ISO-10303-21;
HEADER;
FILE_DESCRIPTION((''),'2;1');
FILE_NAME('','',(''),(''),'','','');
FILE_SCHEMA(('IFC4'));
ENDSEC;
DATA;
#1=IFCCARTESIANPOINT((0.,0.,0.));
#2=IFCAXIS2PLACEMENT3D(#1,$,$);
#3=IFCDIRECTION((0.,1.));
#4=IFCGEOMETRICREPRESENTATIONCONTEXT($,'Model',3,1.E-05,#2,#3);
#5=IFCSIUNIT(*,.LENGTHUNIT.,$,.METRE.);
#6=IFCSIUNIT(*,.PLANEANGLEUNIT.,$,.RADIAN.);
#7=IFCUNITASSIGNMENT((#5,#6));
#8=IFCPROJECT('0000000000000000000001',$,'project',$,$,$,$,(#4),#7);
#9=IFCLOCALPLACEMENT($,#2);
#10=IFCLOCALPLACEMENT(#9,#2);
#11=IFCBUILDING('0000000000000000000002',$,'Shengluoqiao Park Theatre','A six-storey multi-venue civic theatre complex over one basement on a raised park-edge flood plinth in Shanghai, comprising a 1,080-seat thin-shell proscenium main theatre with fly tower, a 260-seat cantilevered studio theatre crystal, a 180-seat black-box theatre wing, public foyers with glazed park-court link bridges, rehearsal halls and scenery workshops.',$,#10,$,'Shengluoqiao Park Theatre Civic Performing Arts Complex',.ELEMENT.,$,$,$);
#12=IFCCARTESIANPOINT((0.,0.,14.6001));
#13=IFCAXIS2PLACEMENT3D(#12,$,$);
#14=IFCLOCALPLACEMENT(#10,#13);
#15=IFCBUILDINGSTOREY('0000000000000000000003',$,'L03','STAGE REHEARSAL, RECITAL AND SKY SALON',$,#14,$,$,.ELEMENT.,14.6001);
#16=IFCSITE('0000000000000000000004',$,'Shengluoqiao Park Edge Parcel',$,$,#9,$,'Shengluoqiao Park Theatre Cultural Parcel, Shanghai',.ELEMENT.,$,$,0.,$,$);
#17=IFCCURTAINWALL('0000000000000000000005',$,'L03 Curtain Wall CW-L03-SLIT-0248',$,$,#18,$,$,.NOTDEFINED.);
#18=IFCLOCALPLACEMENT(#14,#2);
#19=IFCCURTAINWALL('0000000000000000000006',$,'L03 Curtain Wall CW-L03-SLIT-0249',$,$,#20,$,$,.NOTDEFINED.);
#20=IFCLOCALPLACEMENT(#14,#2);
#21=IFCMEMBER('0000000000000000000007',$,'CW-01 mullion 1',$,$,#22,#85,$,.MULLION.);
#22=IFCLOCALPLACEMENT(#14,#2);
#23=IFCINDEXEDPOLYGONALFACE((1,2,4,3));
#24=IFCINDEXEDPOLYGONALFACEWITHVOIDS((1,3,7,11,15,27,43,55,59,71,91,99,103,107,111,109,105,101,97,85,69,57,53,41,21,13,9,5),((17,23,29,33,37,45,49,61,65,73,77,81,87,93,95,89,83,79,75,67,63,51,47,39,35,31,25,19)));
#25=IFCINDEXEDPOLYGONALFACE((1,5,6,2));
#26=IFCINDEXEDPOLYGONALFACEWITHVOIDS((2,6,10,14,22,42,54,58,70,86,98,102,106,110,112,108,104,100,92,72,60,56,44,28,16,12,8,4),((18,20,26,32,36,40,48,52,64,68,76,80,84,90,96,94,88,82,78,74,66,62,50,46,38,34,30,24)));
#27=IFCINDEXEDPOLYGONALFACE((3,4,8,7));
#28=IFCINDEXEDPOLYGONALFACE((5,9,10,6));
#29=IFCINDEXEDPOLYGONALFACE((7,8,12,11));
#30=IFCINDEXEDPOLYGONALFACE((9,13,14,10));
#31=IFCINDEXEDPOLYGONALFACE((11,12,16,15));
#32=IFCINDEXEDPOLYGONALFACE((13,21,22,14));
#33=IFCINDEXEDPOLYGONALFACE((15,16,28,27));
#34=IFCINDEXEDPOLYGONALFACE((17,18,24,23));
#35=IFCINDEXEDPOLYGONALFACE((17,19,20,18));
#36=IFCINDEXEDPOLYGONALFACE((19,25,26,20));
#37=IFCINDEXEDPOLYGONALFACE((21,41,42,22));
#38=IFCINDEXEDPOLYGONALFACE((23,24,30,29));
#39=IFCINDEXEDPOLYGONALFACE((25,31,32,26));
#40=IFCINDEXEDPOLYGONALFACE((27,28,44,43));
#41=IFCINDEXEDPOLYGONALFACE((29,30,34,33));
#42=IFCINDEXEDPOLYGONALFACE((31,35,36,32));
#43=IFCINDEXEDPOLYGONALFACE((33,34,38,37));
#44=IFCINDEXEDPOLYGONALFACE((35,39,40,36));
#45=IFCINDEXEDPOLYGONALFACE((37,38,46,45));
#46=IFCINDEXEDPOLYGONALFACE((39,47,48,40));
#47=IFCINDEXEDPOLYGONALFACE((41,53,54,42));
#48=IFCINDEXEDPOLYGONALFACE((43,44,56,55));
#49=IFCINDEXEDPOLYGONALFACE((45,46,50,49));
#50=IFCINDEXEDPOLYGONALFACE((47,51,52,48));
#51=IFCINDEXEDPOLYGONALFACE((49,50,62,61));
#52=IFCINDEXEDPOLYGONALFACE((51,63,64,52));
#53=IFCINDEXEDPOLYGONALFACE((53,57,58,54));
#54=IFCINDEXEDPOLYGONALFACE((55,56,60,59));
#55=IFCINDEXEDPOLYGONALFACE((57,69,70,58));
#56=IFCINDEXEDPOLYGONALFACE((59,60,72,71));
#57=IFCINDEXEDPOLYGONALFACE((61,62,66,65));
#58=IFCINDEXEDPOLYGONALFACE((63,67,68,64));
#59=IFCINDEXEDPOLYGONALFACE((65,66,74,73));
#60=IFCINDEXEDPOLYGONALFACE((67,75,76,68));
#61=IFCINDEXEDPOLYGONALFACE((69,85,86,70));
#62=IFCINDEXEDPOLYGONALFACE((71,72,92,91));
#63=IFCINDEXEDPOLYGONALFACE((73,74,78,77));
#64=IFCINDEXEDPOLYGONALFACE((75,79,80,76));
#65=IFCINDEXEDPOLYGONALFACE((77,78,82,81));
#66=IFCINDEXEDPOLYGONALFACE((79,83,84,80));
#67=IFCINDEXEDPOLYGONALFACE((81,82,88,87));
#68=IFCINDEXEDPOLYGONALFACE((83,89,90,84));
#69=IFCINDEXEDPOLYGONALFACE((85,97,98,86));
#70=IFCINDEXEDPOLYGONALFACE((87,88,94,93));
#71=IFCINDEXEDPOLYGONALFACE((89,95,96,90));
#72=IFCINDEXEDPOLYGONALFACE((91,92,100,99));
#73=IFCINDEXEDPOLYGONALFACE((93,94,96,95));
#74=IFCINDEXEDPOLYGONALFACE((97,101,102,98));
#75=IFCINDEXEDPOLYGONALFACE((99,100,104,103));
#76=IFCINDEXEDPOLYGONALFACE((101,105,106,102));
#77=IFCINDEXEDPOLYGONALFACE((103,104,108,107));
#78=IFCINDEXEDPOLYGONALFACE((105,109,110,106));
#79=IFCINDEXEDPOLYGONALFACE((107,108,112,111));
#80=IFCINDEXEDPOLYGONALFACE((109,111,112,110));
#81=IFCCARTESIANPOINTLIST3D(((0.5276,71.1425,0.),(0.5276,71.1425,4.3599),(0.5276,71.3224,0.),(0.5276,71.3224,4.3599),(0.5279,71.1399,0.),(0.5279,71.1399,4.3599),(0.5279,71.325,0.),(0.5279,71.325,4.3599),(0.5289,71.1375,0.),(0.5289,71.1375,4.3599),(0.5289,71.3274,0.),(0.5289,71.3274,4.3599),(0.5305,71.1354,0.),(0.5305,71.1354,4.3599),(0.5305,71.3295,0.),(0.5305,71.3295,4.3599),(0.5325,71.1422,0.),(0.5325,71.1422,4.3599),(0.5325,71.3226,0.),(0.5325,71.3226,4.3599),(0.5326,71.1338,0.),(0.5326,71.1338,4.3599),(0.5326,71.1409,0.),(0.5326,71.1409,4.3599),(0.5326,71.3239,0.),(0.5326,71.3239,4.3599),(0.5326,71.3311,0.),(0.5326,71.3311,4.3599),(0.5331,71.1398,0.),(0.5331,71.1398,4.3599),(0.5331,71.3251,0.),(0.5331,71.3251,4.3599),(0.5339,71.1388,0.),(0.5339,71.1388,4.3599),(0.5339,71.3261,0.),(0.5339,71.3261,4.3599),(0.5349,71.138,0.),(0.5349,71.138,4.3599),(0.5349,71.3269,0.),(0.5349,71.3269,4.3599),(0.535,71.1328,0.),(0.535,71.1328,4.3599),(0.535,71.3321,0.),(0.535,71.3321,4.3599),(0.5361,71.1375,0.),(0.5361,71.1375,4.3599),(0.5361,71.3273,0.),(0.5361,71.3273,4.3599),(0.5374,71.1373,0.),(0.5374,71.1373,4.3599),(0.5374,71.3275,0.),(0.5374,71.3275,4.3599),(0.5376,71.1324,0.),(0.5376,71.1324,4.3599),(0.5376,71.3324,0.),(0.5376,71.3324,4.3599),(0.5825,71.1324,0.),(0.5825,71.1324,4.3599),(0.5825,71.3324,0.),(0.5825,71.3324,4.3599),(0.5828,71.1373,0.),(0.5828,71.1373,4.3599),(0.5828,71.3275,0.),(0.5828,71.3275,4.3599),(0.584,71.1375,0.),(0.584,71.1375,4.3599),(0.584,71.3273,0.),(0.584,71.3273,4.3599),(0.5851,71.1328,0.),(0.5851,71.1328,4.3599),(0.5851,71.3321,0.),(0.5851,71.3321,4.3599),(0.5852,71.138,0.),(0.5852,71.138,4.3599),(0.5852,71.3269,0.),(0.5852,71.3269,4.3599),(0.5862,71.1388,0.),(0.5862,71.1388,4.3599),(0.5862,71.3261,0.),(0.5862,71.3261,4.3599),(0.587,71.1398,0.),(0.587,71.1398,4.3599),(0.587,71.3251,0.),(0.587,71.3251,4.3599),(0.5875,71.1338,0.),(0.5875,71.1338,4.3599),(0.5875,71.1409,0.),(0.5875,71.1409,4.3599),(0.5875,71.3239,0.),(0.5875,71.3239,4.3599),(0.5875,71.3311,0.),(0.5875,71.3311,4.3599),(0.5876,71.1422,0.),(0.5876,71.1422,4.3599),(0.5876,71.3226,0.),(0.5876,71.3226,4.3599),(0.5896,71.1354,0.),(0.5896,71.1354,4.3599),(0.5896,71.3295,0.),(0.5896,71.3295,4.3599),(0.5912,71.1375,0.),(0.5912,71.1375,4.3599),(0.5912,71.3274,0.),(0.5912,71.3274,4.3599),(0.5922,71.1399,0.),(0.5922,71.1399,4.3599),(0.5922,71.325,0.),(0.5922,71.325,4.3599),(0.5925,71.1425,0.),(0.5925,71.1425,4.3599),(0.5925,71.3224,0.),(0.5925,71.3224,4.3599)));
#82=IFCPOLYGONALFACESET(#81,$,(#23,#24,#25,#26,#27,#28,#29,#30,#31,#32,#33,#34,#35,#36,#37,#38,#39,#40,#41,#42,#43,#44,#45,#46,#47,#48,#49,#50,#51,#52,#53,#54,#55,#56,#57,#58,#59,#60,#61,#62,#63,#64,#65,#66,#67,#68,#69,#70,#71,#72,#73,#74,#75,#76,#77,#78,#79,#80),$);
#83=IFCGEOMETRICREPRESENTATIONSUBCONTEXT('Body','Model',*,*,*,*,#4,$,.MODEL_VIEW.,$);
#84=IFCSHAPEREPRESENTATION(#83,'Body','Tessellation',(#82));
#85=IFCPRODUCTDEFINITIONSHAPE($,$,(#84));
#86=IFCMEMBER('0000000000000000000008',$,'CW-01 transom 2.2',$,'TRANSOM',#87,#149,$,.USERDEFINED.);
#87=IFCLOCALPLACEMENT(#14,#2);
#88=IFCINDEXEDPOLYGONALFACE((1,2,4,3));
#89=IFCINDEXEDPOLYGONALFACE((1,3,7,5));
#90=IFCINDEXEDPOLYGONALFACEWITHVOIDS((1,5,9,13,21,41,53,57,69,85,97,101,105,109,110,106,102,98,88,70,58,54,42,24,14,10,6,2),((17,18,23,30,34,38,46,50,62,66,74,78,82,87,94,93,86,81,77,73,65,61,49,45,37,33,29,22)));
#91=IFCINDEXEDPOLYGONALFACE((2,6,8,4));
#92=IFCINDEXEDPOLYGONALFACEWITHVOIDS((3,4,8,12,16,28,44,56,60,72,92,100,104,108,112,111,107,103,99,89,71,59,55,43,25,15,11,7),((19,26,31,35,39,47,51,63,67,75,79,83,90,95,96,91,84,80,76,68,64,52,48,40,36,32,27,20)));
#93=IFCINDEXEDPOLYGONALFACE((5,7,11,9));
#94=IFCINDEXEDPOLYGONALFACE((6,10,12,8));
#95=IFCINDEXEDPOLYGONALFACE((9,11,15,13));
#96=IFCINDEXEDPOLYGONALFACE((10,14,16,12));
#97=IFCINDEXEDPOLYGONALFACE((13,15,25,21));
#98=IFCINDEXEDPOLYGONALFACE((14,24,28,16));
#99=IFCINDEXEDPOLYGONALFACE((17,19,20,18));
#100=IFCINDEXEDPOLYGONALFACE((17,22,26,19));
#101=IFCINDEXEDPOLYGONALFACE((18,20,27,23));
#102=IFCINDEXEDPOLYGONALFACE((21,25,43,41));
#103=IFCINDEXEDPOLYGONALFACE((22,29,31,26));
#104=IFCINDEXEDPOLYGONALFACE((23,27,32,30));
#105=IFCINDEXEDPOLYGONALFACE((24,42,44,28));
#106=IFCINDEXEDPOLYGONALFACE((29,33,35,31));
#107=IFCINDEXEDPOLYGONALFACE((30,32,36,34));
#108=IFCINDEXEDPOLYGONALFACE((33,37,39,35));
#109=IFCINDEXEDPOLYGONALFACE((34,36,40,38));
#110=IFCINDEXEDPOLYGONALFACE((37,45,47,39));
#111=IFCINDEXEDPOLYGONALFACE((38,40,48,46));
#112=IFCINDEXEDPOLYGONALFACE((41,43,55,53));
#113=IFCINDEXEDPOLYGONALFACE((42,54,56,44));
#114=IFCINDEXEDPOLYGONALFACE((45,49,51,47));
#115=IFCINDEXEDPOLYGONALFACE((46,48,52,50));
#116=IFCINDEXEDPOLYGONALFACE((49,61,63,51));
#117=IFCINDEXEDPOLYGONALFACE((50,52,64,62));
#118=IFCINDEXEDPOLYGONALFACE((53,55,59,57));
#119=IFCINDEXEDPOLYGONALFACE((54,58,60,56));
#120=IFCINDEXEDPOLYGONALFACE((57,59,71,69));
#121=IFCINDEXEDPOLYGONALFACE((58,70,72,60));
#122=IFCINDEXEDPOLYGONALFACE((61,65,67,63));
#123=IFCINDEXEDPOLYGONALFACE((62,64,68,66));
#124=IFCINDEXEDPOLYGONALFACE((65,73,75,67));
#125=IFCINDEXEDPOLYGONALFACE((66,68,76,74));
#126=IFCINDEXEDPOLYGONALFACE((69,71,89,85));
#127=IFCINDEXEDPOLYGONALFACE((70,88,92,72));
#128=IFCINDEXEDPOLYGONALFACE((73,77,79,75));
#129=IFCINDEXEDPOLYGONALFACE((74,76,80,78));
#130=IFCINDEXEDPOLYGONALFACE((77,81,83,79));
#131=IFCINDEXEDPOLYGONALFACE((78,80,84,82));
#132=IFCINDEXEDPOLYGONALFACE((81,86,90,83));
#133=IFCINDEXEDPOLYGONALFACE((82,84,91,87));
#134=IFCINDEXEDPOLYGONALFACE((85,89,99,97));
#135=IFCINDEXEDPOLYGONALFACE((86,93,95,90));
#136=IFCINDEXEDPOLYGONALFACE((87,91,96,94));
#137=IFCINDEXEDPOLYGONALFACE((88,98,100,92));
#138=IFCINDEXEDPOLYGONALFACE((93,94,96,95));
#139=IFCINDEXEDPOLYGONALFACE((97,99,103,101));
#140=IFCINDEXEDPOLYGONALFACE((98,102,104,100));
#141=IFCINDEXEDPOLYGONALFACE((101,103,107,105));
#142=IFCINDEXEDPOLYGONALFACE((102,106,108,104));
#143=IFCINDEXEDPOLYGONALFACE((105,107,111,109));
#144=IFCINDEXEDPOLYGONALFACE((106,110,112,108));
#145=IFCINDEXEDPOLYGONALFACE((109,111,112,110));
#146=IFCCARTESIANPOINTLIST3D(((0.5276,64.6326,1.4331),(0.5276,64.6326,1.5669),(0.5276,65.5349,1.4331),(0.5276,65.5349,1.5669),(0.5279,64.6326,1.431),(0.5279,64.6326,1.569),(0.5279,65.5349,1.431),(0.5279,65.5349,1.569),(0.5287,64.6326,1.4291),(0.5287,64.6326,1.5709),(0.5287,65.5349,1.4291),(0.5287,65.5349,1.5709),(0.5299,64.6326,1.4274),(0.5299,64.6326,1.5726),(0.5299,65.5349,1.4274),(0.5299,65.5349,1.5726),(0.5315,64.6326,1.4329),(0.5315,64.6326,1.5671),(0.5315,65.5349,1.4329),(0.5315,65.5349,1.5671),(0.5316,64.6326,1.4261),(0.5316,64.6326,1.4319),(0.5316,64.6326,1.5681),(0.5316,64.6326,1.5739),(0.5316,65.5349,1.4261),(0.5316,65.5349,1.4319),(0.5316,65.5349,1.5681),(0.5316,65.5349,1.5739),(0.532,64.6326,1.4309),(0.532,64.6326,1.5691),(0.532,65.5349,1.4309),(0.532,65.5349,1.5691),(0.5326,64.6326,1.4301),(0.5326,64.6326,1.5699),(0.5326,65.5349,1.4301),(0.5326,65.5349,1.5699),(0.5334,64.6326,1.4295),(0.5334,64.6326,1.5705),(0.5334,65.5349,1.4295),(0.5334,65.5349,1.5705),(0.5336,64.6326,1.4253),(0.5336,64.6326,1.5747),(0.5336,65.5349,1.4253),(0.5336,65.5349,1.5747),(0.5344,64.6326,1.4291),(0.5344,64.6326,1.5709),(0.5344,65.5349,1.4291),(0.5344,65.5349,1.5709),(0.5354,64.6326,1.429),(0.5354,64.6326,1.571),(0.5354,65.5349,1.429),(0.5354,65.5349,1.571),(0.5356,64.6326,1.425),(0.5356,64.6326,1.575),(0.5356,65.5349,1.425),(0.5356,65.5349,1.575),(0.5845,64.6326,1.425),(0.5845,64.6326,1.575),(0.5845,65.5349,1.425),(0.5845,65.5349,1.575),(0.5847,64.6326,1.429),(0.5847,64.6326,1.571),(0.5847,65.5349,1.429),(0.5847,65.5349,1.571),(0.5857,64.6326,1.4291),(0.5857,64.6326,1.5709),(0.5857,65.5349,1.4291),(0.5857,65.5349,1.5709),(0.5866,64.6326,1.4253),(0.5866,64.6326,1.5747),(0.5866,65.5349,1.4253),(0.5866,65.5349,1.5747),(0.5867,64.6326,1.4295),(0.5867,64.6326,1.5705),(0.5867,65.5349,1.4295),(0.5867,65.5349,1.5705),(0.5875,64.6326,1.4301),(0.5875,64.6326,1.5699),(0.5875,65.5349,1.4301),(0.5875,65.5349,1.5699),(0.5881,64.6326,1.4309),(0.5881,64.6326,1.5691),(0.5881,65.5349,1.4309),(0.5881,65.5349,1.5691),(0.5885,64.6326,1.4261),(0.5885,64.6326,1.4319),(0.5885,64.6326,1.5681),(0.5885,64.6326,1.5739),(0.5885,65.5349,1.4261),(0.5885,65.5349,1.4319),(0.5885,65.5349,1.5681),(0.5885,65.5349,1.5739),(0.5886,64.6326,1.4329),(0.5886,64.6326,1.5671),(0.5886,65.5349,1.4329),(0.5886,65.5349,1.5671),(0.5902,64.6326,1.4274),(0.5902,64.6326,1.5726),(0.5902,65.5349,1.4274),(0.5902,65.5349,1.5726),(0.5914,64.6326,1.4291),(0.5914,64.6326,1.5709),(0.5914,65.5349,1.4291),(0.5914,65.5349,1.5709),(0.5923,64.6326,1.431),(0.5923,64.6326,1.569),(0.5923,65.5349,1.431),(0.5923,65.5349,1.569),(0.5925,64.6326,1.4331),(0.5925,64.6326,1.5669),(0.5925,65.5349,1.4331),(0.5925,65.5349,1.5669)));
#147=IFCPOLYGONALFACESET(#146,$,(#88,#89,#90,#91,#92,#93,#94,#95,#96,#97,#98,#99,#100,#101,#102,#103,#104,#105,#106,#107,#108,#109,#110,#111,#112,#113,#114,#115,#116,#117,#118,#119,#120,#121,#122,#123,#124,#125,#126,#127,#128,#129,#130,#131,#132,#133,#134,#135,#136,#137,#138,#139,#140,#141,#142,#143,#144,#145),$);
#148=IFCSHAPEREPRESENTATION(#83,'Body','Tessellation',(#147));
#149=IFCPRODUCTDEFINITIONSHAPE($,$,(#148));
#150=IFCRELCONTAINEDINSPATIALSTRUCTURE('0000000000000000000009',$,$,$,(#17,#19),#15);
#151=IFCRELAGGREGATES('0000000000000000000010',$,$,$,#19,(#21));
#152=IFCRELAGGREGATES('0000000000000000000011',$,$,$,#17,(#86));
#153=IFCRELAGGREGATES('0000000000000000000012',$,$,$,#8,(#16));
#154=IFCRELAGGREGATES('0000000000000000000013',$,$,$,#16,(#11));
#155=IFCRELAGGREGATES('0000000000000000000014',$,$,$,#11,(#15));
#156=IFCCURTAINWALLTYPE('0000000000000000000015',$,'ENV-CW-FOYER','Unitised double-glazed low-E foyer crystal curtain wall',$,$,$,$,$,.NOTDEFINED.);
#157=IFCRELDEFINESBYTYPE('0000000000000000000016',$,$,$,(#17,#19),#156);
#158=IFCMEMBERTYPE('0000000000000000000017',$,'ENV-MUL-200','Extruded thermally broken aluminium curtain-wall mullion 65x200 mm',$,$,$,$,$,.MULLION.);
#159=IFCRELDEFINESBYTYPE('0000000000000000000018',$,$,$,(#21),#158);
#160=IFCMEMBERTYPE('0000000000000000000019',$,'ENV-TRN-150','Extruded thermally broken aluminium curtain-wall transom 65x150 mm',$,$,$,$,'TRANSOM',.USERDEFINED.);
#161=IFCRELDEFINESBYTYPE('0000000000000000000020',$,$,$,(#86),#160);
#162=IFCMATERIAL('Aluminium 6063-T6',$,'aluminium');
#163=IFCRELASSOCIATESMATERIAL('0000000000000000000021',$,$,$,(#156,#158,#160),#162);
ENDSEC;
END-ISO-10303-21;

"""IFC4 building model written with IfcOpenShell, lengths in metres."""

from ifc_helpers import new_model, si_unit, direction, frame, origin, origin_2d, place, context, subcontext, project, spatial, hollow_rectangle, extrude, material, material_profile, profile_set, type_object, element, aggregate, save


model = new_model("IFC4")

# Units and contexts
model_context = context("Model", 3, precision=1e-05, world=origin(), true_north=direction((0.0, 1.0)))
body_context = subcontext(model_context, "Body", "Model", "MODEL_VIEW")
ifc_project = project(units=[si_unit("LENGTHUNIT", "METRE"), si_unit("PLANEANGLEUNIT", "RADIAN")], contexts=[model_context])

# Site, building, storey
site_placement = place(None, origin())
site = spatial("IfcSite", under=ifc_project, at=site_placement, Name="Shengluoqiao Park Edge Parcel", LongName="Shengluoqiao Park Theatre Cultural Parcel, Shanghai", CompositionType="ELEMENT", RefElevation=0.0)
building_placement = place(site_placement, origin())
building = spatial("IfcBuilding", under=site, at=building_placement, Name="Shengluoqiao Park Theatre", Description="A six-storey multi-venue civic theatre complex over one basement on a raised park-edge flood plinth in Shanghai, comprising a 1,080-seat thin-shell proscenium main theatre with fly tower, a 260-seat cantilevered studio theatre crystal, a 180-seat black-box theatre wing, public foyers with glazed park-court link bridges, rehearsal halls and scenery workshops.", LongName="Shengluoqiao Park Theatre Civic Performing Arts Complex", CompositionType="ELEMENT")
storey_placement = place(building_placement, frame((0.0, 0.0, 14.6001)))
storey = spatial("IfcBuildingStorey", under=building, at=storey_placement, Name="L03", Description="STAGE REHEARSAL, RECITAL AND SKY SALON", CompositionType="ELEMENT", Elevation=14.6001)

# Curtain walls, member
ifc_material_1 = material(Name="Aluminium 6063-T6", Category="aluminium")
curtain_wall_type = type_object("IfcCurtainWallType", Name="ENV-CW-FOYER", Description="Unitised double-glazed low-E foyer crystal curtain wall", PredefinedType="NOTDEFINED", material=ifc_material_1)
curtain_wall_1_placement = place(storey_placement, origin())
curtain_wall_1 = element("IfcCurtainWall", 1, at=curtain_wall_1_placement, inside=storey, type_object=curtain_wall_type, Name="L03 Curtain Wall CW-L03-SLIT-0248", PredefinedType="NOTDEFINED")
ifc_material_profile_1 = material_profile(ifc_material_1, hollow_rectangle(XDim=0.0649, YDim=0.2, WallThickness=0.0049, InnerFilletRadius=0.0049, OuterFilletRadius=0.01, at=origin_2d()), Name="ALU MULLION 200x65x5")
ifc_profile_set_1 = profile_set([ifc_material_profile_1], Name="Aluminium 6063-T6")
member_type_1 = type_object("IfcMemberType", Name="ENV-MUL-200", Description="Extruded thermally broken aluminium curtain-wall mullion 65x200 mm", PredefinedType="MULLION", material=ifc_profile_set_1)
curtain_wall_2_placement = place(storey_placement, origin())
curtain_wall_2 = element("IfcCurtainWall", 2, at=curtain_wall_2_placement, inside=storey, type_object=curtain_wall_type, Name="L03 Curtain Wall CW-L03-SLIT-0249", PredefinedType="NOTDEFINED")
member_1_placement = place(storey_placement, frame((0.5601, 71.2324, 0.0), z_axis=(0.0, 0.0, 1.0), x_axis=(-1.0, 0.0, 0.0)))
member_1 = element("IfcMember", 3, at=member_1_placement, type_object=member_type_1, Name="CW-01 mullion 1", PredefinedType="MULLION", context=body_context, shape_type="SweptSolid", body=[
    extrude(hollow_rectangle(XDim=0.0649, YDim=0.2, WallThickness=0.0049, InnerFilletRadius=0.0049, OuterFilletRadius=0.01, at=origin_2d()), origin(), (0.0, 0.0, 1.0), 4.3599),
])

# Member
ifc_material_profile_2 = material_profile(ifc_material_1, hollow_rectangle(XDim=0.0649, YDim=0.1499, WallThickness=0.0039, InnerFilletRadius=0.0039, OuterFilletRadius=0.0081, at=origin_2d()), Name="ALU TRANSOM 150x65x4")
ifc_profile_set_2 = profile_set([ifc_material_profile_2], Name="Aluminium 6063-T6")
member_type_2 = type_object("IfcMemberType", Name="ENV-TRN-150", Description="Extruded thermally broken aluminium curtain-wall transom 65x150 mm", ElementType="TRANSOM", PredefinedType="USERDEFINED", material=ifc_profile_set_2)
member_2_placement = place(storey_placement, frame((0.5601, 64.6326, 1.5), z_axis=(0.0, 1.0, 0.0), x_axis=(-1.0, 0.0, 0.0)))
member_2 = element("IfcMember", 4, at=member_2_placement, type_object=member_type_2, Name="CW-01 transom 2.2", ObjectType="TRANSOM", PredefinedType="USERDEFINED", context=body_context, shape_type="SweptSolid", body=[
    extrude(hollow_rectangle(XDim=0.0649, YDim=0.1499, WallThickness=0.0039, InnerFilletRadius=0.0039, OuterFilletRadius=0.0081, at=origin_2d()), origin(), (0.0, 0.0, 1.0), 0.9023),
])
aggregate(curtain_wall_2, [member_1])

aggregate(curtain_wall_1, [member_2])

save(model, "model.ifc")
